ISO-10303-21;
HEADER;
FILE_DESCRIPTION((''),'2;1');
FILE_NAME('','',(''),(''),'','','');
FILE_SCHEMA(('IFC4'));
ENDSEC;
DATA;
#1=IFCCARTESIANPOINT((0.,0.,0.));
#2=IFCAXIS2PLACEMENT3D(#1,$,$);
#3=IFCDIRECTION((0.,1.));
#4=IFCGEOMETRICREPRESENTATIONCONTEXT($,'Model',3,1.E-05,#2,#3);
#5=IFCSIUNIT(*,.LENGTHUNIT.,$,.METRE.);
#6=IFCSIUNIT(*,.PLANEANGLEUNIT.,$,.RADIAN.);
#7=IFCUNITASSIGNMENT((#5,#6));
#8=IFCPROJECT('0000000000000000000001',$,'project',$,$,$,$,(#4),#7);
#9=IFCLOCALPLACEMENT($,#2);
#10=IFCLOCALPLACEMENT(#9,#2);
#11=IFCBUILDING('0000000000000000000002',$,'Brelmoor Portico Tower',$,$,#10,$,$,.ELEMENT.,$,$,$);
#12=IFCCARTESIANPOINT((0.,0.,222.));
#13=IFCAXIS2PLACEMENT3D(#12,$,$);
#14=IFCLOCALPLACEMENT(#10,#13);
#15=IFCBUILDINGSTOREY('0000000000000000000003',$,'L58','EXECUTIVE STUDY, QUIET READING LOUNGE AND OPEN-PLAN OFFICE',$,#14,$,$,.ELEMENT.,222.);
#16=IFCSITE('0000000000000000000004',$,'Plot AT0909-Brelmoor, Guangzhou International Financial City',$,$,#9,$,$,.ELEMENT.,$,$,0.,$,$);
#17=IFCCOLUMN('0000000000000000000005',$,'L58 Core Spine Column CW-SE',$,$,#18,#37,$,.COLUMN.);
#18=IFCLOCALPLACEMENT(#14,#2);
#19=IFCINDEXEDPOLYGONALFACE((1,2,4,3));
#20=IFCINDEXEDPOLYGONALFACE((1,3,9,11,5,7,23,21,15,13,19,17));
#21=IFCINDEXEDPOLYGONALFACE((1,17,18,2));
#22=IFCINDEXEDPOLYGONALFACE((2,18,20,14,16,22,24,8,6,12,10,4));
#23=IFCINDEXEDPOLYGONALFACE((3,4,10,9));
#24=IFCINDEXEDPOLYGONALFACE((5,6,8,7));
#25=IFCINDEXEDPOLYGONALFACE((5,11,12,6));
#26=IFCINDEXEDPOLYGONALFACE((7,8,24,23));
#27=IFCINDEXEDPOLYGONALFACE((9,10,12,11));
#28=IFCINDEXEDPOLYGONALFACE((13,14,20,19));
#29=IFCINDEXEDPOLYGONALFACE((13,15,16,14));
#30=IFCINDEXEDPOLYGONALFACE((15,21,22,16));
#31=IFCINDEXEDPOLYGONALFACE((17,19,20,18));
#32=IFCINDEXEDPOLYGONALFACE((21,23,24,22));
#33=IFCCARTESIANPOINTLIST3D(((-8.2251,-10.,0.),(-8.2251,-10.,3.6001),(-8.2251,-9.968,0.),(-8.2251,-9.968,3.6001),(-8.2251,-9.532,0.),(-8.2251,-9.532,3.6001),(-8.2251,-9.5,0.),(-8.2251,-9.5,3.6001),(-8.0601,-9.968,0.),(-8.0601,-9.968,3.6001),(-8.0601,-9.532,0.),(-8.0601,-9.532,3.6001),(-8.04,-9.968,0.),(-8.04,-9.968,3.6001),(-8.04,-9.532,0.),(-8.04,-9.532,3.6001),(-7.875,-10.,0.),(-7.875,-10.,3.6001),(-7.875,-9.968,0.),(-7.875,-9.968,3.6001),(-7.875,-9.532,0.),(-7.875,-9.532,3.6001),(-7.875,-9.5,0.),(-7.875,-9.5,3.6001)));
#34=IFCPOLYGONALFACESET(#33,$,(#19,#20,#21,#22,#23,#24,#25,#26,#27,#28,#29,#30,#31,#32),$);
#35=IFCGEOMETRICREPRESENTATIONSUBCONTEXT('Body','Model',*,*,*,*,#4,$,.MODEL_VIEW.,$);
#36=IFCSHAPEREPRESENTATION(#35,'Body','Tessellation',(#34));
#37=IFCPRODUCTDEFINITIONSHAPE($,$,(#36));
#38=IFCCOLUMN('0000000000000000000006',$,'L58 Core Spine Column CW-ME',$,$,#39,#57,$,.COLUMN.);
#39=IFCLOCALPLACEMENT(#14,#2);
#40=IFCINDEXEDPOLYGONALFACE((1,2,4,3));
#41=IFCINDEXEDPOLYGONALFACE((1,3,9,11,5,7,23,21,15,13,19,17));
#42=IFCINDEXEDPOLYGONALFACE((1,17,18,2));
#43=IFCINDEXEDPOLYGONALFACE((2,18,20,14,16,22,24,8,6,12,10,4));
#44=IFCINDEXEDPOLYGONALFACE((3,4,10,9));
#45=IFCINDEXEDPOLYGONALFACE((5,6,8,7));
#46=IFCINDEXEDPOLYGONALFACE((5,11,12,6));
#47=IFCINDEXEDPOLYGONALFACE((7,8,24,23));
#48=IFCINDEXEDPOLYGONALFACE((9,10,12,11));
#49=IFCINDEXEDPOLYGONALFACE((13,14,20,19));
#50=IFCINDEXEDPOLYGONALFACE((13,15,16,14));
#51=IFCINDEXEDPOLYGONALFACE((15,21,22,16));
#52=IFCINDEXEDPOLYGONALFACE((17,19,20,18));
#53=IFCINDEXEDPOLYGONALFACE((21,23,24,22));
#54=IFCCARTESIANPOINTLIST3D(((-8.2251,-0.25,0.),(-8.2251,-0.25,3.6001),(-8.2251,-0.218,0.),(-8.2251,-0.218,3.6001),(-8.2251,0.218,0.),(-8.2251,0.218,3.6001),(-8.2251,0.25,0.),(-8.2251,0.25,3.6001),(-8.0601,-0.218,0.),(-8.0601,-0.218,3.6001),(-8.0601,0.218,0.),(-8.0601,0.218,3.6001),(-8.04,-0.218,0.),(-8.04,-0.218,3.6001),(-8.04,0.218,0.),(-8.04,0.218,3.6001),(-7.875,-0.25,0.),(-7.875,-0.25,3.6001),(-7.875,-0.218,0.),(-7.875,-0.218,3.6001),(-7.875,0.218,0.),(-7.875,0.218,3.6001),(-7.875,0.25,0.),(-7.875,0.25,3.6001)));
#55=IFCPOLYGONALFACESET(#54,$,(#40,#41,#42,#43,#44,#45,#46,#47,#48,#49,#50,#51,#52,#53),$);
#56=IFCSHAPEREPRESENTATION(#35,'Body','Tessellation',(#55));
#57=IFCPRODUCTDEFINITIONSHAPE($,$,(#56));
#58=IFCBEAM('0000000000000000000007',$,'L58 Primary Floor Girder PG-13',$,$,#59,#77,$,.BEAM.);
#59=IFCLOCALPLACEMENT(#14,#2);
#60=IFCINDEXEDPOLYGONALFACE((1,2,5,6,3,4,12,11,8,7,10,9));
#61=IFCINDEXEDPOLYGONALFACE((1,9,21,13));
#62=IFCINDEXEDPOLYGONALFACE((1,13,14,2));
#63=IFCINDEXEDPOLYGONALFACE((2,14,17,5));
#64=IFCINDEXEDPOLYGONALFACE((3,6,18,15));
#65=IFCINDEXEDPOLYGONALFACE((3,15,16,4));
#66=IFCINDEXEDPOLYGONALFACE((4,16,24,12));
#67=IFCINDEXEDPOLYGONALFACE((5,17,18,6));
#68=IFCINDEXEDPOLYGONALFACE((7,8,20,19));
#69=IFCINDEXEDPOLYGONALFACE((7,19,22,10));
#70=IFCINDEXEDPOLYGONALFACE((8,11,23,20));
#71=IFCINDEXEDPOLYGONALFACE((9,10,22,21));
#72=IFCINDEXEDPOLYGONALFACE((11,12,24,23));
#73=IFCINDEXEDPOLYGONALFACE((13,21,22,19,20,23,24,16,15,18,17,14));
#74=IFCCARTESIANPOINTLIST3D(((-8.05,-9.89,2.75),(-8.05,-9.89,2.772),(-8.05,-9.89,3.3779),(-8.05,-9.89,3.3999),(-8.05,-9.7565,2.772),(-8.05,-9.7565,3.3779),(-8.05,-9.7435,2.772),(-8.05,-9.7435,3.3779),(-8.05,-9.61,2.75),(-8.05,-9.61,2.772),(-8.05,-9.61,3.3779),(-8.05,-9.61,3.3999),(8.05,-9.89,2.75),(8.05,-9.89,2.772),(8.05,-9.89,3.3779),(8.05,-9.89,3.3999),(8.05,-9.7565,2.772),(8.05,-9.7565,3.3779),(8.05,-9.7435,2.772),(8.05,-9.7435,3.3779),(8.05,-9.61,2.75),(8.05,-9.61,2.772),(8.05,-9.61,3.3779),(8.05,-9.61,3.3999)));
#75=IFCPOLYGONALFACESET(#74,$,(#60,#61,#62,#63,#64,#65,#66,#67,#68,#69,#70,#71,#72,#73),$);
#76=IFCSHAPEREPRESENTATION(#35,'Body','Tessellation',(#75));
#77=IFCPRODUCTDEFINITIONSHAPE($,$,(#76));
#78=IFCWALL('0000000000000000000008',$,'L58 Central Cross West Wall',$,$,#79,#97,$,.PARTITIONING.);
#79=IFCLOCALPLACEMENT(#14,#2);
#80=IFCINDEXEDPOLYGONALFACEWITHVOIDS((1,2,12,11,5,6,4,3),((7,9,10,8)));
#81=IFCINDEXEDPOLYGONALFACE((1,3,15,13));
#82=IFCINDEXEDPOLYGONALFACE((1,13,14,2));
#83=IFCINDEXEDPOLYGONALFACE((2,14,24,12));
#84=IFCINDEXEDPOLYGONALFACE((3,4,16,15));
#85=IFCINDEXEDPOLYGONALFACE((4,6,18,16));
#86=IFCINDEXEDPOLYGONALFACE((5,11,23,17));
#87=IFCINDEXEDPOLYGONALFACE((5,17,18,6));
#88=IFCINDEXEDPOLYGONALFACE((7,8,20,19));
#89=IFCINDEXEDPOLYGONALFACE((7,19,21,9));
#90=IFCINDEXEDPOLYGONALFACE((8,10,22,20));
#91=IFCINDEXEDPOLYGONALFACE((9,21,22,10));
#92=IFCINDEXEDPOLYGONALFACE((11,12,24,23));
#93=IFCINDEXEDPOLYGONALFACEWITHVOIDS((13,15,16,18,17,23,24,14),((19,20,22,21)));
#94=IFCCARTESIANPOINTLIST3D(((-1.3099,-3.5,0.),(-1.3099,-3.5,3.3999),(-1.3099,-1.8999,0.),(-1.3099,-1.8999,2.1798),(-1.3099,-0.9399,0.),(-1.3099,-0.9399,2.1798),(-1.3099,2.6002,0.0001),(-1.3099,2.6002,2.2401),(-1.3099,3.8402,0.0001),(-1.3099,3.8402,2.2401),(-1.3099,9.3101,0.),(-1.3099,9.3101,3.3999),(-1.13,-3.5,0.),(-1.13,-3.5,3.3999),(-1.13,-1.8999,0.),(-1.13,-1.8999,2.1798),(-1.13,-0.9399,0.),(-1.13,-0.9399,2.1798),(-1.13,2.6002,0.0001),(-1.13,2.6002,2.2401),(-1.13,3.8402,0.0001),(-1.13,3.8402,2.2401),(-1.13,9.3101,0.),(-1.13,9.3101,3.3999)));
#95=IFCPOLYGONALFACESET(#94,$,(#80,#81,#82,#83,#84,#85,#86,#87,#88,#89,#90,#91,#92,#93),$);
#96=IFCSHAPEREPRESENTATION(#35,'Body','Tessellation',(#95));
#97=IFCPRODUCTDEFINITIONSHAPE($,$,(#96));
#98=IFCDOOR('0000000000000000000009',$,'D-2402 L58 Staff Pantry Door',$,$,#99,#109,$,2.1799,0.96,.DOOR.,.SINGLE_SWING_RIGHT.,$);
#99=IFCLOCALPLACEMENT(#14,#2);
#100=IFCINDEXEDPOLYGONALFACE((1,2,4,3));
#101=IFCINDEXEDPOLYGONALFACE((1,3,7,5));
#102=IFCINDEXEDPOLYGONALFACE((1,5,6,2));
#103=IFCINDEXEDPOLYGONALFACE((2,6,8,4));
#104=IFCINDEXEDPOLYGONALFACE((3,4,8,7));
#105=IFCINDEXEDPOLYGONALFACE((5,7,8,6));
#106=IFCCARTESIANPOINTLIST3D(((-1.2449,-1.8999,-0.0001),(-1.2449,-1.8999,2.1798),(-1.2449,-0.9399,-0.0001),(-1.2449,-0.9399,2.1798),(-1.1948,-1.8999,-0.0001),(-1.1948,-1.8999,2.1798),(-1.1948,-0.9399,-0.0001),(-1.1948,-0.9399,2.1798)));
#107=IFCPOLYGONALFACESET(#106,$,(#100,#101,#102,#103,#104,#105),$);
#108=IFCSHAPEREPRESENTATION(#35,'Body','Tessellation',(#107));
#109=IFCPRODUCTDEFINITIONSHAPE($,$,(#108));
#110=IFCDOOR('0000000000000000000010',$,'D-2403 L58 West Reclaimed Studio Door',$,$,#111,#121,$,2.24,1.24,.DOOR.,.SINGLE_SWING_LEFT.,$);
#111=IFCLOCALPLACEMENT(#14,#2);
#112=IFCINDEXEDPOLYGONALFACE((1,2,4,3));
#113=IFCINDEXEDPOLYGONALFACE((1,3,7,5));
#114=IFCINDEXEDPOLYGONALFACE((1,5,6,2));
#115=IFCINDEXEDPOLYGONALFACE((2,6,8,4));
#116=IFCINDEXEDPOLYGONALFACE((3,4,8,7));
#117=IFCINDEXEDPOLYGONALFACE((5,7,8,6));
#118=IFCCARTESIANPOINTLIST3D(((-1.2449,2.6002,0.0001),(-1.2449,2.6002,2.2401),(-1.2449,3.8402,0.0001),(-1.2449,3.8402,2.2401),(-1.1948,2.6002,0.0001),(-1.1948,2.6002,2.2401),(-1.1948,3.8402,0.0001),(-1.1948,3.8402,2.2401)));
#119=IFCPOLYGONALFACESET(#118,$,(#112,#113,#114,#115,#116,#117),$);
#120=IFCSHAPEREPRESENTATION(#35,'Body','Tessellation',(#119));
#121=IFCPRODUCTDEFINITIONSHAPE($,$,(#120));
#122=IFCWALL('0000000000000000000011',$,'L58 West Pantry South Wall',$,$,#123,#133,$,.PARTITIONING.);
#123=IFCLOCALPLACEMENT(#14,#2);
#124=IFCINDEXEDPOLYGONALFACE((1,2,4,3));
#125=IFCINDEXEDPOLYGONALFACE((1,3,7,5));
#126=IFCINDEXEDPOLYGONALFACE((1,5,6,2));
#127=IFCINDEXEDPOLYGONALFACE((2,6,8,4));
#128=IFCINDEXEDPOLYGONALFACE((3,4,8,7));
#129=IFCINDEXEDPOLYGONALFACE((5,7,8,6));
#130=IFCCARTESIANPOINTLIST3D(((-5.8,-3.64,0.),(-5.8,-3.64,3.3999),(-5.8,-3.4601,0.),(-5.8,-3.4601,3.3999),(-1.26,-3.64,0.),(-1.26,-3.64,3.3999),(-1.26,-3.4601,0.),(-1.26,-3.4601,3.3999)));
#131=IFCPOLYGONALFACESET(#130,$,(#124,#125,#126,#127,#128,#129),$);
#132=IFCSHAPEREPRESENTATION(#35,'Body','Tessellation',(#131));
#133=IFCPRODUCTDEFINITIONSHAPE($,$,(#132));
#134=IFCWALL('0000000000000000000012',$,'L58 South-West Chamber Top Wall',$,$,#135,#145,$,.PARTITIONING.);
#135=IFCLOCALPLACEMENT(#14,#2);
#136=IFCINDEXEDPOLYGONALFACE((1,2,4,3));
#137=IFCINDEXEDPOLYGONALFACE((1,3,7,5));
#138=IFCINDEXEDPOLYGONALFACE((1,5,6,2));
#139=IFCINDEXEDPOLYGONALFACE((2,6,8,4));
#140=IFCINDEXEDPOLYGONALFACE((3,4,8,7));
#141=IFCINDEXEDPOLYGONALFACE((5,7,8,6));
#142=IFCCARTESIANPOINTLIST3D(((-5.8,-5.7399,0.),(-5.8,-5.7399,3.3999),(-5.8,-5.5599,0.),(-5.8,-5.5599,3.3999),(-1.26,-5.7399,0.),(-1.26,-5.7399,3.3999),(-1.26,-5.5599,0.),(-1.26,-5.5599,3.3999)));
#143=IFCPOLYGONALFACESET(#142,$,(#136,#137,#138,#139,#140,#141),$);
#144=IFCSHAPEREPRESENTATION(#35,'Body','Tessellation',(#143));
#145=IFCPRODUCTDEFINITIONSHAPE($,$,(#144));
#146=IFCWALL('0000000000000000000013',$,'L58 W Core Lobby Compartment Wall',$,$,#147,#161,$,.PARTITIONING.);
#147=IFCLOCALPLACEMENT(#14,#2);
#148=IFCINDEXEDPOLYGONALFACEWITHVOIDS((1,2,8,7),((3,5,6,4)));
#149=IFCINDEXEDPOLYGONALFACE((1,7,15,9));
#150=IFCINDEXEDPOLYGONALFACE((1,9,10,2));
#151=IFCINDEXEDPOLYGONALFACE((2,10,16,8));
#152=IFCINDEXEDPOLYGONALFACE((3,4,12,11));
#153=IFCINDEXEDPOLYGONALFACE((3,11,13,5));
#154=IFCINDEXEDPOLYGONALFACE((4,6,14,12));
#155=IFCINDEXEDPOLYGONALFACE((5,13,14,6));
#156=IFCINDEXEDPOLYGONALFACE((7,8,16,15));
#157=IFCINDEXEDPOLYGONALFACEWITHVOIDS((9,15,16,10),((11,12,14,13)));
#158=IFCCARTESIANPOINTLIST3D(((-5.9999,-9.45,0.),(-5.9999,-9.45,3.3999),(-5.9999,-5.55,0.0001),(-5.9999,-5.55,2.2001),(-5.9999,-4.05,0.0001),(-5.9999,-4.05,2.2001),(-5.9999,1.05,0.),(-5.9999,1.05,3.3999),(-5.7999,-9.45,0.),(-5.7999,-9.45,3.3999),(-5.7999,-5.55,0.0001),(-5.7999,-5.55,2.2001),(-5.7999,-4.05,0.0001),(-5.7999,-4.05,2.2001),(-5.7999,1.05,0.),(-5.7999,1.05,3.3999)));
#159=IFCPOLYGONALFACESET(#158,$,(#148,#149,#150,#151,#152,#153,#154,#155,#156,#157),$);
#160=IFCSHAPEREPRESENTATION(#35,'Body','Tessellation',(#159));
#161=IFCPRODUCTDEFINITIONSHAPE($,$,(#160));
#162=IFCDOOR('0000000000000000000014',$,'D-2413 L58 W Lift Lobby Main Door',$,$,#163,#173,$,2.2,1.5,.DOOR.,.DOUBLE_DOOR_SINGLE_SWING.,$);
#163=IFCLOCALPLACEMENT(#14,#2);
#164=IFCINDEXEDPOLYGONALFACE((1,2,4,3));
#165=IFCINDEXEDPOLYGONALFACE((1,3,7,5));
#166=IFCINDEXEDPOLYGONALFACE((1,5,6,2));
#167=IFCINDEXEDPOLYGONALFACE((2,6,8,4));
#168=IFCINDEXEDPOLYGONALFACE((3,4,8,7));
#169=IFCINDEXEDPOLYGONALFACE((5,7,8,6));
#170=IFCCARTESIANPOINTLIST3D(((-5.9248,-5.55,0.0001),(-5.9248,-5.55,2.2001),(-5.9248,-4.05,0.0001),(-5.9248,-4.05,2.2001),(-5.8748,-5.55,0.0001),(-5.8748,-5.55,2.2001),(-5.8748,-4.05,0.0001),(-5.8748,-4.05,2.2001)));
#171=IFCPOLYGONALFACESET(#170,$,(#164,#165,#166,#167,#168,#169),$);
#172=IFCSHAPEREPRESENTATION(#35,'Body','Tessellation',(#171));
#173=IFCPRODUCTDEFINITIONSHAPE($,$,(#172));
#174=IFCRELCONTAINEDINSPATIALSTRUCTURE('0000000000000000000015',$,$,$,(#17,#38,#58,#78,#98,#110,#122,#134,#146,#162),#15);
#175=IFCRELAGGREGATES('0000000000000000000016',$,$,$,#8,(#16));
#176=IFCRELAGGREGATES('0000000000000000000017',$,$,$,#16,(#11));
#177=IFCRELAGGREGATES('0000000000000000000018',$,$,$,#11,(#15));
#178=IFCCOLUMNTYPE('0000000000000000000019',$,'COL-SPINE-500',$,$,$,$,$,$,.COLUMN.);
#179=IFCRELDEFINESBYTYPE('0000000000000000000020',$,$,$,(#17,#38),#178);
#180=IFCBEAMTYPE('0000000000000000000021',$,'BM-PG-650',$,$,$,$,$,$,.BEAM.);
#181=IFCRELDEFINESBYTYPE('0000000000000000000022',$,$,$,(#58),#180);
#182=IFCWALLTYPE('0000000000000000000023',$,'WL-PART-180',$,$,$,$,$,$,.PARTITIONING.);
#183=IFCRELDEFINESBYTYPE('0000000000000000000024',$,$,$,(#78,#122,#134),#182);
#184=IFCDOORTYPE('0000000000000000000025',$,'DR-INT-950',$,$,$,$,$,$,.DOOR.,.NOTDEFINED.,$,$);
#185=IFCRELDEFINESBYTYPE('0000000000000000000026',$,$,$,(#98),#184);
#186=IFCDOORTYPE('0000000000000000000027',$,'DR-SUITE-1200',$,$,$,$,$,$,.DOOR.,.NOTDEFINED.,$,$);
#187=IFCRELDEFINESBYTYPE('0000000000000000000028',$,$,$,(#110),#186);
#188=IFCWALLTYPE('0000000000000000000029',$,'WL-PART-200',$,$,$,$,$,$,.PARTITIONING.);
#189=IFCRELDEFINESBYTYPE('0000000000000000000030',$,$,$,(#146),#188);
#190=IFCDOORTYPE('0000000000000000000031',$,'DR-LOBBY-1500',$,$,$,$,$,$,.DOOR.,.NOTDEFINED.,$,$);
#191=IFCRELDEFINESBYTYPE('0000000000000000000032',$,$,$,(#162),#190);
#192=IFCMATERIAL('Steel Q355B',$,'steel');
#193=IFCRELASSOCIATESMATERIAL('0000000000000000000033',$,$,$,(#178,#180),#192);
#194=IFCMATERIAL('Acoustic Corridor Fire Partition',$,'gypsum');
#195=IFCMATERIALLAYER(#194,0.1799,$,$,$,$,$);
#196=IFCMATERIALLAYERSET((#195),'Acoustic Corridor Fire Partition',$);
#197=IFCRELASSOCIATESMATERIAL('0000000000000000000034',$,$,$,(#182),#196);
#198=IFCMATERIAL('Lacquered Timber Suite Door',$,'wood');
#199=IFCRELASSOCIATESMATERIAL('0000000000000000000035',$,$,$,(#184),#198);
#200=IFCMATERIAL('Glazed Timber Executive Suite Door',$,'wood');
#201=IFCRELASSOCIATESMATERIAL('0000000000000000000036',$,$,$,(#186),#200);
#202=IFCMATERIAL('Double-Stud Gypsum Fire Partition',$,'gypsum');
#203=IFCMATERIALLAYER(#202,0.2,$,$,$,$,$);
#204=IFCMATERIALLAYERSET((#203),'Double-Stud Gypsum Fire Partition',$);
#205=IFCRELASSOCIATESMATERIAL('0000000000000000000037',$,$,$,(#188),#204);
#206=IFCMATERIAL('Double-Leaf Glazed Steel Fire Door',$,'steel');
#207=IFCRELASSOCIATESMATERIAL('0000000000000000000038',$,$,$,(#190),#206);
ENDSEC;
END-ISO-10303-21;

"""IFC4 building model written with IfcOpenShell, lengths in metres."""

from ifc_helpers import new_model, si_unit, direction, frame, frame_2d, origin, origin_2d, place, context, subcontext, project, spatial, rectangle, i_section, extrude, material, layer, layer_set, material_profile, profile_set, type_object, element, fill, save


model = new_model("IFC4")

# Units and contexts
model_context = context("Model", 3, precision=1e-05, world=origin(), true_north=direction((0.0, 1.0)))
body_context = subcontext(model_context, "Body", "Model", "MODEL_VIEW")
ifc_project = project(units=[si_unit("LENGTHUNIT", "METRE"), si_unit("PLANEANGLEUNIT", "RADIAN")], contexts=[model_context])

# Site, building, storey
site_placement = place(None, origin())
site = spatial("IfcSite", under=ifc_project, at=site_placement, Name="Plot AT0909-Brelmoor, Guangzhou International Financial City", CompositionType="ELEMENT", RefElevation=0.0)
building_placement = place(site_placement, origin())
building = spatial("IfcBuilding", under=site, at=building_placement, Name="Brelmoor Portico Tower", CompositionType="ELEMENT")
storey_placement = place(building_placement, frame((0.0, 0.0, 222.0)))
storey = spatial("IfcBuildingStorey", under=building, at=storey_placement, Name="L58", Description="EXECUTIVE STUDY, QUIET READING LOUNGE AND OPEN-PLAN OFFICE", CompositionType="ELEMENT", Elevation=222.0)

# Columns
ifc_material_1 = material(Name="Steel Q355B", Category="steel")
ifc_material_profile_1 = material_profile(ifc_material_1, i_section(OverallWidth=0.3501, OverallDepth=0.5, WebThickness=0.02, FlangeThickness=0.032, at=origin_2d()), Name="HW 500x350x20x32")
ifc_profile_set_1 = profile_set([ifc_material_profile_1], Name="Steel Q355B")
column_type = type_object("IfcColumnType", Name="COL-SPINE-500", PredefinedType="COLUMN", material=ifc_profile_set_1)
for number, where, z_axis, x_axis, name in (
    (1, (-8.05, -9.75, 0.0), (0.0, 0.0, 1.0), (1.0, 0.0, 0.0), "L58 Core Spine Column CW-SE"),
    (2, (-8.05, 0.0, 0.0), (0.0, 0.0, 1.0), (1.0, 0.0, 0.0), "L58 Core Spine Column CW-ME"),
):
    element("IfcColumn", number, at=place(storey_placement, frame(where, z_axis=z_axis, x_axis=x_axis)), inside=storey, type_object=column_type, Name=name, PredefinedType="COLUMN", context=body_context, shape_type="SweptSolid", body=[
        extrude(i_section(OverallWidth=0.3501, OverallDepth=0.5, WebThickness=0.02, FlangeThickness=0.032, at=origin_2d()), origin(), (0.0, 0.0, 1.0), 3.6001),
    ])

# Beam
ifc_material_profile_2 = material_profile(ifc_material_1, i_section(OverallWidth=0.28, OverallDepth=0.6499, WebThickness=0.0129, FlangeThickness=0.022, at=origin_2d()), Name="HN 650x280x13x22")
ifc_profile_set_2 = profile_set([ifc_material_profile_2], Name="Steel Q355B")
beam_type = type_object("IfcBeamType", Name="BM-PG-650", PredefinedType="BEAM", material=ifc_profile_set_2)
beam_placement = place(storey_placement, frame((-8.05, -9.75, 3.075), z_axis=(1.0, 0.0, 0.0), x_axis=(0.0, 1.0, 0.0)))
element("IfcBeam", 3, at=beam_placement, inside=storey, type_object=beam_type, Name="L58 Primary Floor Girder PG-13", PredefinedType="BEAM", context=body_context, shape_type="SweptSolid", body=[
    extrude(i_section(OverallWidth=0.28, OverallDepth=0.6499, WebThickness=0.0129, FlangeThickness=0.022, at=origin_2d()), origin(), (0.0, 0.0, 1.0), 16.1001),
])

# Shared definitions
ifc_material_2 = material(Name="Lacquered Timber Suite Door", Category="wood")

# Wall, openings, doors
ifc_material_3 = material(Name="Acoustic Corridor Fire Partition", Category="gypsum")
ifc_layer_1 = layer(ifc_material_3, 0.1799)
ifc_layer_set_1 = layer_set([ifc_layer_1], Name="Acoustic Corridor Fire Partition")
wall_type_1 = type_object("IfcWallType", Name="WL-PART-180", PredefinedType="PARTITIONING", material=ifc_layer_set_1)
wall_1_placement = place(storey_placement, frame((-1.22, -3.5, 0.0), z_axis=(0.0, 0.0, 1.0), x_axis=(0.0, 1.0, 0.0)))
wall_1 = element("IfcWall", 4, at=wall_1_placement, inside=storey, type_object=wall_type_1, Name="L58 Central Cross West Wall", PredefinedType="PARTITIONING", context=body_context, shape_type="SweptSolid", body=[
    extrude(rectangle(XDim=12.8101, YDim=0.1799, at=frame_2d((6.405, 0.0))), origin(), (0.0, 0.0, 1.0), 3.3999),
])
opening_1_placement = place(wall_1_placement, frame((6.1001, 0.0, 0.0)))
opening_1 = element("IfcOpeningElement", 5, at=opening_1_placement, cuts=wall_1, PredefinedType="OPENING", context=body_context, shape_type="SweptSolid", body=[
    extrude(rectangle(XDim=1.24, YDim=2.24, at=frame_2d((0.6201, 1.1201))), frame((0.0, 0.0999, 0.0), z_axis=(0.0, -1.0, 0.0), x_axis=(1.0, 0.0, 0.0)), (0.0, 0.0, 1.0), 0.2),
])
opening_2_placement = place(wall_1_placement, frame((1.6001, 0.0, 0.0)))
opening_2 = element("IfcOpeningElement", 6, at=opening_2_placement, cuts=wall_1, PredefinedType="OPENING", context=body_context, shape_type="SweptSolid", body=[
    extrude(rectangle(XDim=0.96, YDim=2.1799, at=frame_2d((0.48, 1.0898))), frame((0.0, 0.0999, 0.0), z_axis=(0.0, -1.0, 0.0), x_axis=(1.0, 0.0, 0.0)), (0.0, 0.0, 1.0), 0.2),
])
door_type_1 = type_object("IfcDoorType", Name="DR-INT-950", OperationType="NOTDEFINED", PredefinedType="DOOR", material=ifc_material_2)
door_1_placement = place(opening_2_placement, origin())
door_1 = element("IfcDoor", 7, at=door_1_placement, inside=storey, type_object=door_type_1, Name="D-2402 L58 Staff Pantry Door", OperationType="SINGLE_SWING_RIGHT", OverallHeight=2.1799, OverallWidth=0.96, PredefinedType="DOOR", context=body_context, shape_type="SweptSolid", body=[
    extrude(rectangle(XDim=0.96, YDim=2.1799, at=frame_2d((0.48, 1.0898))), frame((0.0, 0.0249, 0.0), z_axis=(0.0, -1.0, 0.0), x_axis=(1.0, 0.0, 0.0)), (0.0, 0.0, 1.0), 0.05),
])
fill(opening_2, door_1)
ifc_material_4 = material(Name="Glazed Timber Executive Suite Door", Category="wood")
door_type_2 = type_object("IfcDoorType", Name="DR-SUITE-1200", OperationType="NOTDEFINED", PredefinedType="DOOR", material=ifc_material_4)
door_2_placement = place(opening_1_placement, origin())
door_2 = element("IfcDoor", 8, at=door_2_placement, inside=storey, type_object=door_type_2, Name="D-2403 L58 West Reclaimed Studio Door", OperationType="SINGLE_SWING_LEFT", OverallHeight=2.24, OverallWidth=1.24, PredefinedType="DOOR", context=body_context, shape_type="SweptSolid", body=[
    extrude(rectangle(XDim=1.24, YDim=2.24, at=frame_2d((0.6201, 1.1201))), frame((0.0, 0.0249, 0.0), z_axis=(0.0, -1.0, 0.0), x_axis=(1.0, 0.0, 0.0)), (0.0, 0.0, 1.0), 0.05),
])
fill(opening_1, door_2)

# Walls
for number, where, z_axis, x_axis, name in (
    (9, (-5.8, -3.55, 0.0), (0.0, 0.0, 1.0), (1.0, 0.0, 0.0), "L58 West Pantry South Wall"),
    (10, (-5.8, -5.6499, 0.0), (0.0, 0.0, 1.0), (1.0, 0.0, 0.0), "L58 South-West Chamber Top Wall"),
):
    element("IfcWall", number, at=place(storey_placement, frame(where, z_axis=z_axis, x_axis=x_axis)), inside=storey, type_object=wall_type_1, Name=name, PredefinedType="PARTITIONING", context=body_context, shape_type="SweptSolid", body=[
        extrude(rectangle(XDim=4.54, YDim=0.1799, at=frame_2d((2.27, 0.0))), origin(), (0.0, 0.0, 1.0), 3.3999),
    ])

# Wall, opening, door
ifc_material_5 = material(Name="Double-Stud Gypsum Fire Partition", Category="gypsum")
ifc_layer_2 = layer(ifc_material_5, 0.2)
ifc_layer_set_2 = layer_set([ifc_layer_2], Name="Double-Stud Gypsum Fire Partition")
wall_type_2 = type_object("IfcWallType", Name="WL-PART-200", PredefinedType="PARTITIONING", material=ifc_layer_set_2)
wall_2_placement = place(storey_placement, frame((-5.8999, -9.45, 0.0), z_axis=(0.0, 0.0, 1.0), x_axis=(0.0, 1.0, 0.0)))
wall_2 = element("IfcWall", 11, at=wall_2_placement, inside=storey, type_object=wall_type_2, Name="L58 W Core Lobby Compartment Wall", PredefinedType="PARTITIONING", context=body_context, shape_type="SweptSolid", body=[
    extrude(rectangle(XDim=10.5, YDim=0.2, at=frame_2d((5.25, 0.0))), origin(), (0.0, 0.0, 1.0), 3.3999),
])
opening_3_placement = place(wall_2_placement, frame((3.8999, 0.0, 0.0)))
opening_3 = element("IfcOpeningElement", 12, at=opening_3_placement, cuts=wall_2, PredefinedType="OPENING", context=body_context, shape_type="SweptSolid", body=[
    extrude(rectangle(XDim=1.5, YDim=2.2, at=frame_2d((0.75, 1.1001))), frame((0.0, 0.1099, 0.0), z_axis=(0.0, -1.0, 0.0), x_axis=(1.0, 0.0, 0.0)), (0.0, 0.0, 1.0), 0.22),
])
ifc_material_6 = material(Name="Double-Leaf Glazed Steel Fire Door", Category="steel")
door_type_3 = type_object("IfcDoorType", Name="DR-LOBBY-1500", OperationType="NOTDEFINED", PredefinedType="DOOR", material=ifc_material_6)
door_3_placement = place(opening_3_placement, origin())
door_3 = element("IfcDoor", 13, at=door_3_placement, inside=storey, type_object=door_type_3, Name="D-2413 L58 W Lift Lobby Main Door", OperationType="DOUBLE_DOOR_SINGLE_SWING", OverallHeight=2.2, OverallWidth=1.5, PredefinedType="DOOR", context=body_context, shape_type="SweptSolid", body=[
    extrude(rectangle(XDim=1.5, YDim=2.2, at=frame_2d((0.75, 1.1001))), frame((0.0, 0.0249, 0.0), z_axis=(0.0, -1.0, 0.0), x_axis=(1.0, 0.0, 0.0)), (0.0, 0.0, 1.0), 0.05),
])
fill(opening_3, door_3)

save(model, "model.ifc")
